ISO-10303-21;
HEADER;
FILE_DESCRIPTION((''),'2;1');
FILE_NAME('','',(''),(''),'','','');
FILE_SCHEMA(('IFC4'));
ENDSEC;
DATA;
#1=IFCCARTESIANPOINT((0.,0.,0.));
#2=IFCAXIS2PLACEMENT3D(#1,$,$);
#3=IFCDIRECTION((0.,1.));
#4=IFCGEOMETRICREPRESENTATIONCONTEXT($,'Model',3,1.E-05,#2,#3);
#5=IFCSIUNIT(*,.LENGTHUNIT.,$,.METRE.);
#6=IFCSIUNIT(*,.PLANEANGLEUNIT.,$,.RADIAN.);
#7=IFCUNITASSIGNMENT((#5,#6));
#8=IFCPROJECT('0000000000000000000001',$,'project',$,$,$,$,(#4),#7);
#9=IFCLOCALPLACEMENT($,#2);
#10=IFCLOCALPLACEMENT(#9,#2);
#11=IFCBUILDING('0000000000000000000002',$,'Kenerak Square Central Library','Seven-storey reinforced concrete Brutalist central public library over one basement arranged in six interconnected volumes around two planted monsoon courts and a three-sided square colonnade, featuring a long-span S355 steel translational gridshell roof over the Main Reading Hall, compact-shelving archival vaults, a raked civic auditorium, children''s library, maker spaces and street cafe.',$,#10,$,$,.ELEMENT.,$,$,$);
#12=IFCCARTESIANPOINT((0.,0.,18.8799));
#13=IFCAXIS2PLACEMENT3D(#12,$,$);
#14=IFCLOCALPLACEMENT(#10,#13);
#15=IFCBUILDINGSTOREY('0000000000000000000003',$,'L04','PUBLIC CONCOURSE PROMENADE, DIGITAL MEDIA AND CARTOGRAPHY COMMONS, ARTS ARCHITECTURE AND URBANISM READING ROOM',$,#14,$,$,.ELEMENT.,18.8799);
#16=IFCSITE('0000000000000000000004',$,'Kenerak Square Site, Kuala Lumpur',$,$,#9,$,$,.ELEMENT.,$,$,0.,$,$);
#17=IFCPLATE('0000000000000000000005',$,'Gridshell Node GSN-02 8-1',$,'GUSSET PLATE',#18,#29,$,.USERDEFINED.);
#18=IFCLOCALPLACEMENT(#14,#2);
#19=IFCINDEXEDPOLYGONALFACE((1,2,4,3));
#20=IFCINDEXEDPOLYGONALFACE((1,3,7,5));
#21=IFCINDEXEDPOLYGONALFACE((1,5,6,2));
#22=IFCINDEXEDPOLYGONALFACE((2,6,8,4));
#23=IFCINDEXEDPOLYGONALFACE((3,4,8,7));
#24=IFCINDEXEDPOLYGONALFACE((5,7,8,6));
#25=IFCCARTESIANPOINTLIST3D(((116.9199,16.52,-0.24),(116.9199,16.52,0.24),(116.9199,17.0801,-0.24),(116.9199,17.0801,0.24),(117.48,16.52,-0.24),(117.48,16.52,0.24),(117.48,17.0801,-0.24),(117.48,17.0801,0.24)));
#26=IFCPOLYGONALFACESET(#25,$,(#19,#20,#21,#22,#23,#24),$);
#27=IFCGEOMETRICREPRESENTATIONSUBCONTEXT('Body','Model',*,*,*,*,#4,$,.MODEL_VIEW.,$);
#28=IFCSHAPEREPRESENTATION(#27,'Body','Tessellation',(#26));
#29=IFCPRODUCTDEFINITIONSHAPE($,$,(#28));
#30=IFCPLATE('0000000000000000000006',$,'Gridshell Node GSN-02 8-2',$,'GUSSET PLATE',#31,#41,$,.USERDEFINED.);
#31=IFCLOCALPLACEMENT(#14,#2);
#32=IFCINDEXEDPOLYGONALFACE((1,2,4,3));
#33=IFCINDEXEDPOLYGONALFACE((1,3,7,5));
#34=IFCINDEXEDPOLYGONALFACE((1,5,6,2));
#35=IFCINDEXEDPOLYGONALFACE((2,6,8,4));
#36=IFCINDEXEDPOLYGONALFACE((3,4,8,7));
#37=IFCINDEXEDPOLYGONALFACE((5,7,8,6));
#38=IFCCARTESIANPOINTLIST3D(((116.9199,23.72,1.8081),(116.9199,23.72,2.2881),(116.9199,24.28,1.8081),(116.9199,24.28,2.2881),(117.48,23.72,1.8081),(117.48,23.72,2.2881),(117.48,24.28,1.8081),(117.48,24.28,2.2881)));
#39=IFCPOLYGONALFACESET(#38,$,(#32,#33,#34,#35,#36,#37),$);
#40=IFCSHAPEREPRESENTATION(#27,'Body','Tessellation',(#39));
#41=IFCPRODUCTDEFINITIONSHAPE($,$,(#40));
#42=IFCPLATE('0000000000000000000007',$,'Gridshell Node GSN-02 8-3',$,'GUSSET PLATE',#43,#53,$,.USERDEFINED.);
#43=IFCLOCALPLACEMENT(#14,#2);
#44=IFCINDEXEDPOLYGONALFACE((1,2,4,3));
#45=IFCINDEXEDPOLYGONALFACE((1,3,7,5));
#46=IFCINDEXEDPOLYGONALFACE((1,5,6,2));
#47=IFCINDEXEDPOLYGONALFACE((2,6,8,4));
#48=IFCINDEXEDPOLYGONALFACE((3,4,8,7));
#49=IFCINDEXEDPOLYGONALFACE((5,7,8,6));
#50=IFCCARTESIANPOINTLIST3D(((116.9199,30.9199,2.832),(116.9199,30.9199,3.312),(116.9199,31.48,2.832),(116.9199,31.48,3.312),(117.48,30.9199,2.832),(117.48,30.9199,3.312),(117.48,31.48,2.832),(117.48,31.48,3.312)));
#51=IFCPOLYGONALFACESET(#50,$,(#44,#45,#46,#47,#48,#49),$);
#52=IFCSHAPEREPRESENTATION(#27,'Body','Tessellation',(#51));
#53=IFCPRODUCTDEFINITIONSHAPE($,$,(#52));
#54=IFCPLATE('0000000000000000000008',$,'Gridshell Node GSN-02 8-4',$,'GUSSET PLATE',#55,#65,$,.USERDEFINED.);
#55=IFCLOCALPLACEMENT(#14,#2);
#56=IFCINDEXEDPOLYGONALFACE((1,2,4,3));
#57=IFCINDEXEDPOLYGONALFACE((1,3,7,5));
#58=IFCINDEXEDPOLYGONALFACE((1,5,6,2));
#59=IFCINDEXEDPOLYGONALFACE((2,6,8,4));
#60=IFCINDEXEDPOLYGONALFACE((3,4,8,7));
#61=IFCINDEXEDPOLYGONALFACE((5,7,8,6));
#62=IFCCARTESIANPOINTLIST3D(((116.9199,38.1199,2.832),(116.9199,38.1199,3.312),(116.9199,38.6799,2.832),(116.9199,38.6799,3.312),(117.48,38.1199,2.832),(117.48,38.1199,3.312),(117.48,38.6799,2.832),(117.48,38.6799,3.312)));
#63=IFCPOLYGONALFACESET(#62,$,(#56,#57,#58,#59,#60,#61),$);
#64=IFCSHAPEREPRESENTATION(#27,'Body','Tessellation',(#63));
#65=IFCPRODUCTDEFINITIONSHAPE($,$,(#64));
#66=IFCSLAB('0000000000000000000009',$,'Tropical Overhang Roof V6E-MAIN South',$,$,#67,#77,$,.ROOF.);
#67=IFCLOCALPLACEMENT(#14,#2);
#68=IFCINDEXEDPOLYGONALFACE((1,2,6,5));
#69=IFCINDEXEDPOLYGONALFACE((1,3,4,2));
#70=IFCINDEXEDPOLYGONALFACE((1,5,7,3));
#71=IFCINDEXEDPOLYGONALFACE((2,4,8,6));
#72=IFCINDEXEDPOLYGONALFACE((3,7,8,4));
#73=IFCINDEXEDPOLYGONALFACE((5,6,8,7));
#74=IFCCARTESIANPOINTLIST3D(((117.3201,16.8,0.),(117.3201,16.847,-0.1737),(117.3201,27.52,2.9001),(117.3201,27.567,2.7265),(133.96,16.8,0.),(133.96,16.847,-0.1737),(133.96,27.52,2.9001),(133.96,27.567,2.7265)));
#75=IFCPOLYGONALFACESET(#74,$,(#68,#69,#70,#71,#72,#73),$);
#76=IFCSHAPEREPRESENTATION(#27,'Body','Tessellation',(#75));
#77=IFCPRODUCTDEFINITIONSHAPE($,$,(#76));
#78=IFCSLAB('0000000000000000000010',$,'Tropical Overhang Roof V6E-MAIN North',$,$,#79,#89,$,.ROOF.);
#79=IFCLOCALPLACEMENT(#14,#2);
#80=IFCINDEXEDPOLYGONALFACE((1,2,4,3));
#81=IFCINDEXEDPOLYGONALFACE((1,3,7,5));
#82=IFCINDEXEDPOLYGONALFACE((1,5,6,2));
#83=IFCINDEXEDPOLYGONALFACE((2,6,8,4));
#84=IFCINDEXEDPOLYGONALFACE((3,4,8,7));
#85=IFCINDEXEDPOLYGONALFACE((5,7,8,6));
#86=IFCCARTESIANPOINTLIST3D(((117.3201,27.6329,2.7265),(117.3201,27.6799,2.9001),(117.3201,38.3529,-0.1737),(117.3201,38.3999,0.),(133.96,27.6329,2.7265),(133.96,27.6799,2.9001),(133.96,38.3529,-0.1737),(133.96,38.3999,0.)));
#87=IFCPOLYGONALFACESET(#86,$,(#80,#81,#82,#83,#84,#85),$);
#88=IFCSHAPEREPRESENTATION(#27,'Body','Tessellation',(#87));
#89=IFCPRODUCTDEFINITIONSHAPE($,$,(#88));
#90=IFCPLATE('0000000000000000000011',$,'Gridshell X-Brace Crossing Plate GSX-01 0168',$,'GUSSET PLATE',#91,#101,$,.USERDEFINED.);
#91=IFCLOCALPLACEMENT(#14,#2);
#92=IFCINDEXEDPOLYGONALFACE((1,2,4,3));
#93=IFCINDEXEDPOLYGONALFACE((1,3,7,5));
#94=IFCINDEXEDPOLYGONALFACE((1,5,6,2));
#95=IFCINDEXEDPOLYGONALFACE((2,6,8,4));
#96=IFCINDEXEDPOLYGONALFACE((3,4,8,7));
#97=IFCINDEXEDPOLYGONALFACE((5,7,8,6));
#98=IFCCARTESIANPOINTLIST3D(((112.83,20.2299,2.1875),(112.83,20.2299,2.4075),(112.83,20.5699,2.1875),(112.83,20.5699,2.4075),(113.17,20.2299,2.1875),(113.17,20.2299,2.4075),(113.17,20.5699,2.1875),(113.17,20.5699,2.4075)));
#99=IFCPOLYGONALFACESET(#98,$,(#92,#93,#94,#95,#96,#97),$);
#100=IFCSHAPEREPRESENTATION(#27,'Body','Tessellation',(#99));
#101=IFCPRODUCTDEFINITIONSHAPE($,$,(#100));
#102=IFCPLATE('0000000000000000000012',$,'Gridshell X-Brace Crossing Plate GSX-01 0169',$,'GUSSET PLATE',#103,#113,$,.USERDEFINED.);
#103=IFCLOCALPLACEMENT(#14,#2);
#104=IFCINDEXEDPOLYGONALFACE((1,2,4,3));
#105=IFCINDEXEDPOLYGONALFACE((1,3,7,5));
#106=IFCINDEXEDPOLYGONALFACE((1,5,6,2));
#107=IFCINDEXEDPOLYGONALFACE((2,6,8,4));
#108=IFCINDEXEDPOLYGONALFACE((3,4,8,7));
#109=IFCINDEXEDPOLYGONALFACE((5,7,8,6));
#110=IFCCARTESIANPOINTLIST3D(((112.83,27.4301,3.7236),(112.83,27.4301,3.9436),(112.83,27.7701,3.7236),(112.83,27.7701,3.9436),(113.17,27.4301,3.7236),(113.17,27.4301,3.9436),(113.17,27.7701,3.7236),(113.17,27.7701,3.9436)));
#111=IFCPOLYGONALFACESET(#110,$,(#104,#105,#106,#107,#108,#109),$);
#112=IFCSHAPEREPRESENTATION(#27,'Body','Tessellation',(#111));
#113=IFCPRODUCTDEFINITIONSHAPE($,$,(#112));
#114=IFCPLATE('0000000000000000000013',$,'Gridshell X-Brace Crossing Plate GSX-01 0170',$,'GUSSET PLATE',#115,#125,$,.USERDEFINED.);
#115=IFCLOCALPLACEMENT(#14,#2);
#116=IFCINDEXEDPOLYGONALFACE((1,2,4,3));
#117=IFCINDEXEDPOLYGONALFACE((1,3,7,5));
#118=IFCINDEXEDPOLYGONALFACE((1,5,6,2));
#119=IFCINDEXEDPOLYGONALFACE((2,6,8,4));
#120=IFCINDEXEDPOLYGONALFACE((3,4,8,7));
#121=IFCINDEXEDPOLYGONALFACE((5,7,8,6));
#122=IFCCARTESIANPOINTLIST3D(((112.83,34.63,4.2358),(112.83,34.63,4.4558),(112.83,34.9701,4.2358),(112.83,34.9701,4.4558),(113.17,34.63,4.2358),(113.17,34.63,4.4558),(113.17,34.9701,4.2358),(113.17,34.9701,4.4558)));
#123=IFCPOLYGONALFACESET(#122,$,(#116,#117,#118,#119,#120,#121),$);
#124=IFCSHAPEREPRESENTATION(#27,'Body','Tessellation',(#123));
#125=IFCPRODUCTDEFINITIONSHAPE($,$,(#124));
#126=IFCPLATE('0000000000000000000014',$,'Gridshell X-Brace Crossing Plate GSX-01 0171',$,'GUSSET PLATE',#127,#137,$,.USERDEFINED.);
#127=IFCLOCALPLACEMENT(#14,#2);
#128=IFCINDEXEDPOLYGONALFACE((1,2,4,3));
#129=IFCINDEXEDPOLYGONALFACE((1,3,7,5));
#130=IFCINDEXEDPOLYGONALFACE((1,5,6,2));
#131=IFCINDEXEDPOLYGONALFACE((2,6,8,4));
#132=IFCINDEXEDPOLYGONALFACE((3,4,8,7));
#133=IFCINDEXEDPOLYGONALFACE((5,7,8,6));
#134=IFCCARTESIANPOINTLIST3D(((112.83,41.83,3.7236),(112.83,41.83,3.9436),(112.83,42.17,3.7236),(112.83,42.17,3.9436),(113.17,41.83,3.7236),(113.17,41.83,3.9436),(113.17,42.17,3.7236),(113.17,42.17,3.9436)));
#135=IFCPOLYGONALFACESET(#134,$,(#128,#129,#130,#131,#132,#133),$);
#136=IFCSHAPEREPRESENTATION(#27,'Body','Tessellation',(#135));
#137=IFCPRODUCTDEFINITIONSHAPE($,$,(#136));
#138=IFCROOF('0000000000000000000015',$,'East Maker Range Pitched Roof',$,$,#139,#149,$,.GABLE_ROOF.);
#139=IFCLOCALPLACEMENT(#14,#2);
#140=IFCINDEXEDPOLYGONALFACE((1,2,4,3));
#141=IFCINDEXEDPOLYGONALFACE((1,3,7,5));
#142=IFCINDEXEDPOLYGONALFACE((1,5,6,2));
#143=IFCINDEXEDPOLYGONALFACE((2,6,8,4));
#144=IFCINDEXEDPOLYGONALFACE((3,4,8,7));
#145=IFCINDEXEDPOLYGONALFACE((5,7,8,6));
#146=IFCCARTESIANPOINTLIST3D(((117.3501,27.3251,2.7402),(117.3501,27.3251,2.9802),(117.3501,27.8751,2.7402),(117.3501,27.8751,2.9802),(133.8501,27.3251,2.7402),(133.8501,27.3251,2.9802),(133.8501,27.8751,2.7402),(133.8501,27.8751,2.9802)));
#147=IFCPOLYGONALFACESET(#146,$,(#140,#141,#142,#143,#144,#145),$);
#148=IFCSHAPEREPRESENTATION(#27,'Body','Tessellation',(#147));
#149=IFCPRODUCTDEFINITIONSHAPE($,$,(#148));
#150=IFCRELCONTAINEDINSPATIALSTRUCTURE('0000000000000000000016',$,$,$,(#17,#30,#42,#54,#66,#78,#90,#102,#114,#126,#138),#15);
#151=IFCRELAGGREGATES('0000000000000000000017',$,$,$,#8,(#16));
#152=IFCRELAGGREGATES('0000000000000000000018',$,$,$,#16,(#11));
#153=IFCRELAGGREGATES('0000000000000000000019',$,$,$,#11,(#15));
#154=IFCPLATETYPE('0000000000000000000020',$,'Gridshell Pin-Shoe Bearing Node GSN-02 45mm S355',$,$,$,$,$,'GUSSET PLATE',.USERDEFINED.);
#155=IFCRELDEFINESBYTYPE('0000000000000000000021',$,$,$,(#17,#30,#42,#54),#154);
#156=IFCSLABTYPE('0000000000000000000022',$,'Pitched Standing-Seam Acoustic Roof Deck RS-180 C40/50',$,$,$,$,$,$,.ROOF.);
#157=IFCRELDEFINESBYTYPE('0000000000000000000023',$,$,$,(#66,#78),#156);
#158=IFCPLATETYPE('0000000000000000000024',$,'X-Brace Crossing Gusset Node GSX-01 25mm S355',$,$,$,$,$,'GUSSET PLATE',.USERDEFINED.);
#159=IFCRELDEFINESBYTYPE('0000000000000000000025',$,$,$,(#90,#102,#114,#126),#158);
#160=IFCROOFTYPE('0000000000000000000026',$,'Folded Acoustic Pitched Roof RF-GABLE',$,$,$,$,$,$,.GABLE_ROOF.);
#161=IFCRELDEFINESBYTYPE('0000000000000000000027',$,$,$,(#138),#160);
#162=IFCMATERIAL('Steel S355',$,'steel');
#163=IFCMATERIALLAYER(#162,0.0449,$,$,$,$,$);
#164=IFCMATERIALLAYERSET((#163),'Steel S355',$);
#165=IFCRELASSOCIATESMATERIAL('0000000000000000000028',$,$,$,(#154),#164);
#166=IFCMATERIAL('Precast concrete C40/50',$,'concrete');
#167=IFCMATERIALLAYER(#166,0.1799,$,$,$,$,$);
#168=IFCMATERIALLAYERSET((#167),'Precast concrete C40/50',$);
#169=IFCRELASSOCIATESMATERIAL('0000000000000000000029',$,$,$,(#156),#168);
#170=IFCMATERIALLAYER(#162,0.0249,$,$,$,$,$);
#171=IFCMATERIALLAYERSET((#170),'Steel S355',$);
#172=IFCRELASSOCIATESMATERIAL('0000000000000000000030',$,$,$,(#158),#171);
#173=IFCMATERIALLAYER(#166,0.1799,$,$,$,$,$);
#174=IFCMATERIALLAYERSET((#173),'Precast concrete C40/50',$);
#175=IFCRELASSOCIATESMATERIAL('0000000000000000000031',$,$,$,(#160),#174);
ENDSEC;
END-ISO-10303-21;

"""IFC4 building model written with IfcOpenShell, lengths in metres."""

from ifc_helpers import new_model, si_unit, direction, frame, origin, origin_2d, place, context, subcontext, project, spatial, polyline, rectangle, outline, extrude, material, layer, layer_set, type_object, element, save


model = new_model("IFC4")

# Units and contexts
model_context = context("Model", 3, precision=1e-05, world=origin(), true_north=direction((0.0, 1.0)))
body_context = subcontext(model_context, "Body", "Model", "MODEL_VIEW")
ifc_project = project(units=[si_unit("LENGTHUNIT", "METRE"), si_unit("PLANEANGLEUNIT", "RADIAN")], contexts=[model_context])

# Site, building, storey
site_placement = place(None, origin())
site = spatial("IfcSite", under=ifc_project, at=site_placement, Name="Kenerak Square Site, Kuala Lumpur", CompositionType="ELEMENT", RefElevation=0.0)
building_placement = place(site_placement, origin())
building = spatial("IfcBuilding", under=site, at=building_placement, Name="Kenerak Square Central Library", Description="Seven-storey reinforced concrete Brutalist central public library over one basement arranged in six interconnected volumes around two planted monsoon courts and a three-sided square colonnade, featuring a long-span S355 steel translational gridshell roof over the Main Reading Hall, compact-shelving archival vaults, a raked civic auditorium, children's library, maker spaces and street cafe.", CompositionType="ELEMENT")
storey_placement = place(building_placement, frame((0.0, 0.0, 18.8799)))
storey = spatial("IfcBuildingStorey", under=building, at=storey_placement, Name="L04", Description="PUBLIC CONCOURSE PROMENADE, DIGITAL MEDIA AND CARTOGRAPHY COMMONS, ARTS ARCHITECTURE AND URBANISM READING ROOM", CompositionType="ELEMENT", Elevation=18.8799)

# Shared definitions
ifc_material_1 = material(Name="Steel S355", Category="steel")

# Plates
ifc_layer_1 = layer(ifc_material_1, 0.0449)
ifc_layer_set_1 = layer_set([ifc_layer_1], Name="Steel S355")
plate_type_1 = type_object("IfcPlateType", Name="Gridshell Pin-Shoe Bearing Node GSN-02 45mm S355", ElementType="GUSSET PLATE", PredefinedType="USERDEFINED", material=ifc_layer_set_1)
for number, where, z_axis, x_axis, name in (
    (1, (117.2, 16.8, -0.24), (0.0, 0.0, 1.0), (1.0, 0.0, 0.0), "Gridshell Node GSN-02 8-1"),
    (2, (117.2, 24.0, 1.8081), (0.0, 0.0, 1.0), (1.0, 0.0, 0.0), "Gridshell Node GSN-02 8-2"),
    (3, (117.2, 31.2, 2.832), (0.0, 0.0, 1.0), (1.0, 0.0, 0.0), "Gridshell Node GSN-02 8-3"),
    (4, (117.2, 38.3999, 2.832), (0.0, 0.0, 1.0), (1.0, 0.0, 0.0), "Gridshell Node GSN-02 8-4"),
):
    element("IfcPlate", number, at=place(storey_placement, frame(where, z_axis=z_axis, x_axis=x_axis)), inside=storey, type_object=plate_type_1, Name=name, ObjectType="GUSSET PLATE", PredefinedType="USERDEFINED", context=body_context, shape_type="SweptSolid", body=[
        extrude(rectangle(XDim=0.5601, YDim=0.5601, at=origin_2d()), origin(), (0.0, 0.0, 1.0), 0.48),
    ])

# Slabs
ifc_material_2 = material(Name="Precast concrete C40/50", Category="concrete")
ifc_layer_2 = layer(ifc_material_2, 0.1799)
ifc_layer_set_2 = layer_set([ifc_layer_2], Name="Precast concrete C40/50")
slab_type = type_object("IfcSlabType", Name="Pitched Standing-Seam Acoustic Roof Deck RS-180 C40/50", PredefinedType="ROOF", material=ifc_layer_set_2)
for number, where, z_axis, x_axis, name in (
    (5, (117.3201, 16.8, 0.0), (0.0, -0.261149, 0.965299), (1.0, 0.0, 0.0), "Tropical Overhang Roof V6E-MAIN South"),
    (6, (117.3201, 27.6799, 2.9001), (0.0, 0.261149, 0.965299), (1.0, 0.0, 0.0), "Tropical Overhang Roof V6E-MAIN North"),
):
    element("IfcSlab", number, at=place(storey_placement, frame(where, z_axis=z_axis, x_axis=x_axis)), inside=storey, type_object=slab_type, Name=name, PredefinedType="ROOF", context=body_context, shape_type="SweptSolid", body=[
        extrude(outline(polyline([(0.0, 0.0), (16.6399, 0.0), (16.6399, 11.1053), (0.0, 11.1053), (0.0, 0.0)])), origin(), (0.0, 0.0, -1.0), 0.1799),
    ])

# Plates
ifc_layer_3 = layer(ifc_material_1, 0.0249)
ifc_layer_set_3 = layer_set([ifc_layer_3], Name="Steel S355")
plate_type_2 = type_object("IfcPlateType", Name="X-Brace Crossing Gusset Node GSX-01 25mm S355", ElementType="GUSSET PLATE", PredefinedType="USERDEFINED", material=ifc_layer_set_3)
for number, where, z_axis, x_axis, name in (
    (7, (113.0, 20.3999, 2.1875), (0.0, 0.0, 1.0), (1.0, 0.0, 0.0), "Gridshell X-Brace Crossing Plate GSX-01 0168"),
    (8, (113.0, 27.6001, 3.7236), (0.0, 0.0, 1.0), (1.0, 0.0, 0.0), "Gridshell X-Brace Crossing Plate GSX-01 0169"),
    (9, (113.0, 34.8, 4.2358), (0.0, 0.0, 1.0), (1.0, 0.0, 0.0), "Gridshell X-Brace Crossing Plate GSX-01 0170"),
    (10, (113.0, 42.0, 3.7236), (0.0, 0.0, 1.0), (1.0, 0.0, 0.0), "Gridshell X-Brace Crossing Plate GSX-01 0171"),
):
    element("IfcPlate", number, at=place(storey_placement, frame(where, z_axis=z_axis, x_axis=x_axis)), inside=storey, type_object=plate_type_2, Name=name, ObjectType="GUSSET PLATE", PredefinedType="USERDEFINED", context=body_context, shape_type="SweptSolid", body=[
        extrude(rectangle(XDim=0.3401, YDim=0.3401, at=origin_2d()), origin(), (0.0, 0.0, 1.0), 0.22),
    ])

# Roof
ifc_layer_4 = layer(ifc_material_2, 0.1799)
ifc_layer_set_4 = layer_set([ifc_layer_4], Name="Precast concrete C40/50")
roof_type = type_object("IfcRoofType", Name="Folded Acoustic Pitched Roof RF-GABLE", PredefinedType="GABLE_ROOF", material=ifc_layer_set_4)
roof_placement = place(storey_placement, frame((125.6001, 27.6001, 2.7402), z_axis=(0.0, 0.0, 1.0), x_axis=(1.0, 0.0, 0.0)))
element("IfcRoof", 11, at=roof_placement, inside=storey, type_object=roof_type, Name="East Maker Range Pitched Roof", PredefinedType="GABLE_ROOF", context=body_context, shape_type="SweptSolid", body=[
    extrude(rectangle(XDim=16.5, YDim=0.55, at=origin_2d()), origin(), (0.0, 0.0, 1.0), 0.24),
])

save(model, "model.ifc")
